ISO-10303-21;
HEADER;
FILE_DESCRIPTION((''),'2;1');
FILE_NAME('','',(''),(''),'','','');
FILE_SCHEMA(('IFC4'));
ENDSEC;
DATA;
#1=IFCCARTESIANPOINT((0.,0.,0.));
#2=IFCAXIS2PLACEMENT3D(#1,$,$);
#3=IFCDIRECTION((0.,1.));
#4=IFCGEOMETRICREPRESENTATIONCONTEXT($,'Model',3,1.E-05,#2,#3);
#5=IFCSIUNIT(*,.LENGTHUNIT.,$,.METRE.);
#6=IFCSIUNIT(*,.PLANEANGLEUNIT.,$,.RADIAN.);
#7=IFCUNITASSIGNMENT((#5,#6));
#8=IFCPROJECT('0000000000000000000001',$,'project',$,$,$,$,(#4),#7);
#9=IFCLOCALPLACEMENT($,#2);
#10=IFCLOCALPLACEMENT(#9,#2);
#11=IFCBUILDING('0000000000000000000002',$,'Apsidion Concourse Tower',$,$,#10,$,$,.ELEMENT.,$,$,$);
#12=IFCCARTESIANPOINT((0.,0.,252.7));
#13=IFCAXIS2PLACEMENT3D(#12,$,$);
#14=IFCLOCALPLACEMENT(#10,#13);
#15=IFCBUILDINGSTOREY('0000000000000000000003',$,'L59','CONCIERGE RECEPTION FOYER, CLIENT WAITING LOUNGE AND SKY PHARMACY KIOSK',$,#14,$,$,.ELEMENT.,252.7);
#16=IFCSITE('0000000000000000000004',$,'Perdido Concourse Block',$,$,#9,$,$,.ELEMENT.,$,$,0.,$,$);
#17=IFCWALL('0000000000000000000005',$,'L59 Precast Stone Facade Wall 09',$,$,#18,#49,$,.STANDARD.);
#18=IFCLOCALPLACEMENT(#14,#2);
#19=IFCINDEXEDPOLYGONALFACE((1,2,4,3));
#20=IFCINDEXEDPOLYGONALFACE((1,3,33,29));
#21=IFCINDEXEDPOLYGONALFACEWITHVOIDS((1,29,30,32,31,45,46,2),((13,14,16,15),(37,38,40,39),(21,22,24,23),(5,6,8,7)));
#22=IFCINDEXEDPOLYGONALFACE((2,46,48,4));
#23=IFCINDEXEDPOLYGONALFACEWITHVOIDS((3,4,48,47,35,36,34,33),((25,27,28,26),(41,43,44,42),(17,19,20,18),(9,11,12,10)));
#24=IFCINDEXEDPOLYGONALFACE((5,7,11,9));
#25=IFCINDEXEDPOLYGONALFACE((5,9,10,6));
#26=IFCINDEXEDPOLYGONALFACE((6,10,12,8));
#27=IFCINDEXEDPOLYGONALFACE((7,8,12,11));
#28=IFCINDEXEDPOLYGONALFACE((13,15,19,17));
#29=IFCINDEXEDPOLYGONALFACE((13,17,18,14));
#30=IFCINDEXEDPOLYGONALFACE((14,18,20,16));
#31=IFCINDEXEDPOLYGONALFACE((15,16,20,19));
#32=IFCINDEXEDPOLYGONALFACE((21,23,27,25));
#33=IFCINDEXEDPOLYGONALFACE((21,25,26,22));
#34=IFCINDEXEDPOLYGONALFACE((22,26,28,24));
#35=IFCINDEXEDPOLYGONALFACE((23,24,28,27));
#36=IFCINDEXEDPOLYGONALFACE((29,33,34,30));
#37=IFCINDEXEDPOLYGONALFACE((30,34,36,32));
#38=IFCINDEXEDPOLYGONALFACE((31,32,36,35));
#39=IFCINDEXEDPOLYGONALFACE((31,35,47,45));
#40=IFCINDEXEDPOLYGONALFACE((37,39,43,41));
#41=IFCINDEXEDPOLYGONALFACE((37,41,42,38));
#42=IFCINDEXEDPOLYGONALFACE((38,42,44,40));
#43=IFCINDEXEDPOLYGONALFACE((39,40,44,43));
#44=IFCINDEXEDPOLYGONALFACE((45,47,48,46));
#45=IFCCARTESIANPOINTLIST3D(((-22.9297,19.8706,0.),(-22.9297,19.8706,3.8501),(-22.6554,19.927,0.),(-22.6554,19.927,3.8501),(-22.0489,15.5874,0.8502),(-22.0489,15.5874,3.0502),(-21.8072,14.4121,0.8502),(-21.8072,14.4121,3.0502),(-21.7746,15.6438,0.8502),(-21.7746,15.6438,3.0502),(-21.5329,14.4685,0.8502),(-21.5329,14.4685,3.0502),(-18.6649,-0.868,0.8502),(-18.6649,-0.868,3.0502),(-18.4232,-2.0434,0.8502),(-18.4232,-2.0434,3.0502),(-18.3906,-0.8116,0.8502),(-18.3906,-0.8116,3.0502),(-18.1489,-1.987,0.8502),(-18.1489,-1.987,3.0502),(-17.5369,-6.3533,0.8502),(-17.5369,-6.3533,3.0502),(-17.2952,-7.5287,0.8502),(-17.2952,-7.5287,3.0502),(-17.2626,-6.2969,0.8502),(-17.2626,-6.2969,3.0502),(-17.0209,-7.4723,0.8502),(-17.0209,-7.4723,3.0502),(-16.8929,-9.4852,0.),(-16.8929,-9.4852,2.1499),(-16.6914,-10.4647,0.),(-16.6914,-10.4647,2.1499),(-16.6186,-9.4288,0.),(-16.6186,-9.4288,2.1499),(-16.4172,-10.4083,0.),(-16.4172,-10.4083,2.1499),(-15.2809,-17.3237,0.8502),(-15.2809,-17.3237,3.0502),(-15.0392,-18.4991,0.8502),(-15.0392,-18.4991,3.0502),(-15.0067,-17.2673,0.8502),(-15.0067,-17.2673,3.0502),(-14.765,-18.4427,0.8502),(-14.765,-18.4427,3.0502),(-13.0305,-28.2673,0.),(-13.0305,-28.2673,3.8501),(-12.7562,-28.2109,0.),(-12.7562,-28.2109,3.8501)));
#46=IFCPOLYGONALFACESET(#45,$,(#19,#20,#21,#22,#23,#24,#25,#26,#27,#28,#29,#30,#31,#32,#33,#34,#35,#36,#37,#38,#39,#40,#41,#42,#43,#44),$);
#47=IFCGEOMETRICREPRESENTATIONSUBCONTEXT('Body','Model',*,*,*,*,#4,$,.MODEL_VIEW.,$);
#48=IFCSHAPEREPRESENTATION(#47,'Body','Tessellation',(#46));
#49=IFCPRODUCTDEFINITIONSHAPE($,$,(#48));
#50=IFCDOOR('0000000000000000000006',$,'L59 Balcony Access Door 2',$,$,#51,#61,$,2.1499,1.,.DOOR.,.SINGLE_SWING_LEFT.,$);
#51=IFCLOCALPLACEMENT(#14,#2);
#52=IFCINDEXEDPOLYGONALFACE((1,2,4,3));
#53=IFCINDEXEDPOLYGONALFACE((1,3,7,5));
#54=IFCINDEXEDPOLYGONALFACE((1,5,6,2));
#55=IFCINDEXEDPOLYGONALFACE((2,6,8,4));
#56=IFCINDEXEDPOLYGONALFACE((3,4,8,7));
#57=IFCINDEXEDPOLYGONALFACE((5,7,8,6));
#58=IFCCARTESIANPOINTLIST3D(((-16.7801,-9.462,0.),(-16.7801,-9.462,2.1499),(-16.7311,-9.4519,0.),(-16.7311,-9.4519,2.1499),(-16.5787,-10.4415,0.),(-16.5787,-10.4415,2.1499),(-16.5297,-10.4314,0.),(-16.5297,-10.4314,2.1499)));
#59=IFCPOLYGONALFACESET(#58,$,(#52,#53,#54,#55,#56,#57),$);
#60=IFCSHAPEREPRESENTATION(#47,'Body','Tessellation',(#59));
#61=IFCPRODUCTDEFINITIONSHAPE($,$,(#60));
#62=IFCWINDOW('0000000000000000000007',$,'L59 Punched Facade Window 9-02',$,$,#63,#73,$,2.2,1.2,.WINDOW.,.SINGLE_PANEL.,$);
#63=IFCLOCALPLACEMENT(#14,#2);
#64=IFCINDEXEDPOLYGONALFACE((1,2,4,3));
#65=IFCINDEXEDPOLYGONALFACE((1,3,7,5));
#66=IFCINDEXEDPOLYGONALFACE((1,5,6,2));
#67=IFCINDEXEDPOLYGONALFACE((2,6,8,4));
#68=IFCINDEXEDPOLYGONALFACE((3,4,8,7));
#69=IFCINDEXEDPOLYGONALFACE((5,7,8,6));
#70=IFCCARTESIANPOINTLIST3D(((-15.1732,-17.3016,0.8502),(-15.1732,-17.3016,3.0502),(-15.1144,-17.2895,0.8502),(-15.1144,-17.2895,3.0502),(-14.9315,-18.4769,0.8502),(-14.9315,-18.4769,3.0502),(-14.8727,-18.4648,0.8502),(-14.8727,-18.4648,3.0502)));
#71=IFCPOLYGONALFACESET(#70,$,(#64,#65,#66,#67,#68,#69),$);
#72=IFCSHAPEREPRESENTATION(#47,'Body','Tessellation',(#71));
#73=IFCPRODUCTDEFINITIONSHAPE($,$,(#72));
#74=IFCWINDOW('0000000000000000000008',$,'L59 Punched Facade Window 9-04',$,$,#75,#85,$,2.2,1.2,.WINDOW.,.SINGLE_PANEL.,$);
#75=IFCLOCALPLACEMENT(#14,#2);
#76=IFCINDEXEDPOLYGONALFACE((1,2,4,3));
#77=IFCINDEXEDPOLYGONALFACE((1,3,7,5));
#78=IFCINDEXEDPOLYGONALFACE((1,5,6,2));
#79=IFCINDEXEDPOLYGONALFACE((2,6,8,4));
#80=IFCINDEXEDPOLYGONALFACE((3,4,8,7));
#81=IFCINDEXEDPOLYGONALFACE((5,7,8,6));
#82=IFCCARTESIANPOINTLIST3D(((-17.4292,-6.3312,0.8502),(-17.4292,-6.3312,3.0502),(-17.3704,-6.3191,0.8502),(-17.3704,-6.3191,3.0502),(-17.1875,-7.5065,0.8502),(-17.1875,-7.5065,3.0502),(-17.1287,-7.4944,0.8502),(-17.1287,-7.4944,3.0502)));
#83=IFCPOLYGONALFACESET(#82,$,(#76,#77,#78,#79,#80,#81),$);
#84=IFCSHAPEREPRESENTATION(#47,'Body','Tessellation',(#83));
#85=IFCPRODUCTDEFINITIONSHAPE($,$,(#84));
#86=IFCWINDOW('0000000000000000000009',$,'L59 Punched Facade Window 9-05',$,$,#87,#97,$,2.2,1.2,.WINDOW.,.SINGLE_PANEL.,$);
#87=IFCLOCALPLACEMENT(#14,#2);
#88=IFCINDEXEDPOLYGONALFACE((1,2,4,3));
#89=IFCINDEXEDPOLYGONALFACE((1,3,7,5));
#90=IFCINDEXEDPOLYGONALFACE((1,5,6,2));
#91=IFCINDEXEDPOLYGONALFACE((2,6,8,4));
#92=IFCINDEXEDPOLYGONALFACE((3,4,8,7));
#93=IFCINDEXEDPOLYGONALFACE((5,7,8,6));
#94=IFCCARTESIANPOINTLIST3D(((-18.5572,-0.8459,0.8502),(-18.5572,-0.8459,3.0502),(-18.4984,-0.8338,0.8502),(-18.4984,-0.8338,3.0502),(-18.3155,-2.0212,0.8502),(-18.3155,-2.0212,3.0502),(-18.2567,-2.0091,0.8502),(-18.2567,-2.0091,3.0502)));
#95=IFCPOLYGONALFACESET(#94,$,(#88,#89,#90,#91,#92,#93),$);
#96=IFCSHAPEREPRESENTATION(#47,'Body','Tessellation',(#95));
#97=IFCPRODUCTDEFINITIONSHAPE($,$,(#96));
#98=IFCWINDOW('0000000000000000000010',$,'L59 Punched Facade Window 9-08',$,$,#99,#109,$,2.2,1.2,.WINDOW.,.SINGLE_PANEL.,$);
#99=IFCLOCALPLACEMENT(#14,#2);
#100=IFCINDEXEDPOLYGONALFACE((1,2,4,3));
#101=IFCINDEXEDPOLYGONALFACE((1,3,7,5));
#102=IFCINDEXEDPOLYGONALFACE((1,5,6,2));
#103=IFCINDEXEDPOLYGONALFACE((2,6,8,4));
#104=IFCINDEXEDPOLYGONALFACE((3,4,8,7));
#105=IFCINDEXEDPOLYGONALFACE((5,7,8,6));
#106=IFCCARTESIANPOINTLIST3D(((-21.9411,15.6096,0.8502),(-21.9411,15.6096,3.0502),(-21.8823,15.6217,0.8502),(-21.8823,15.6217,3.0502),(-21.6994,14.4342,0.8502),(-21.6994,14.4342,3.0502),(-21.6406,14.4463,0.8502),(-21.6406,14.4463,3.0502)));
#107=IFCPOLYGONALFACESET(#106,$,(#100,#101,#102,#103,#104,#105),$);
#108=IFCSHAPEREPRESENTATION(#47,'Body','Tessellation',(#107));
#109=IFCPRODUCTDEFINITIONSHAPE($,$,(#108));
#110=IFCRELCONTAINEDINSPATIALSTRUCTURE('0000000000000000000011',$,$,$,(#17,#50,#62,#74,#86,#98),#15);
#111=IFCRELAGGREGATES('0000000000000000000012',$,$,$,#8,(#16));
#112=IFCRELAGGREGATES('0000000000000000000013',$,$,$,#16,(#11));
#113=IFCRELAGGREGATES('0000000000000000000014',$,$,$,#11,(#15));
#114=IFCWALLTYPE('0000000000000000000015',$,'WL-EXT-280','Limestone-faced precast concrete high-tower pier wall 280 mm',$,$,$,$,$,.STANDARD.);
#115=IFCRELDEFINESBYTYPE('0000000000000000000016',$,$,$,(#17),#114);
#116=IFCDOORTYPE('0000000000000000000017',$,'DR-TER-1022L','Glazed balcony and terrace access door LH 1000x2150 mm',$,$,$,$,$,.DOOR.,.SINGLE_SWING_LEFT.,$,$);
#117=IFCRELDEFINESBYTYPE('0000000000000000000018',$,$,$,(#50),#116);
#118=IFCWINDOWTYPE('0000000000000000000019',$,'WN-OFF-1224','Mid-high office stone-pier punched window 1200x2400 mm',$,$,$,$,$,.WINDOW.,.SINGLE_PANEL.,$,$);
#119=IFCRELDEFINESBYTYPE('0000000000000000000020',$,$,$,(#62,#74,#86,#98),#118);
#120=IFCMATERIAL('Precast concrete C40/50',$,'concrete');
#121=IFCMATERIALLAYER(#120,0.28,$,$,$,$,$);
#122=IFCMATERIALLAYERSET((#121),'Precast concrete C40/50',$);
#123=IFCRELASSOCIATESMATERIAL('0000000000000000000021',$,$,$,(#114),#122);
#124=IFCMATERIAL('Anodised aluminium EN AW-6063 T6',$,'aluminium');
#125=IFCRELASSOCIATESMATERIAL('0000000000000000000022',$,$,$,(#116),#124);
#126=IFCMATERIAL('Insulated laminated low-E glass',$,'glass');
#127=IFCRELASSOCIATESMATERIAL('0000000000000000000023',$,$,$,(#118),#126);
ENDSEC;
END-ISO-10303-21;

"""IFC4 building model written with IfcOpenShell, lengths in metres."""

from ifc_helpers import new_model, si_unit, direction, frame, frame_2d, origin, place, context, subcontext, project, spatial, rectangle, extrude, material, layer, layer_set, type_object, element, fill, save


model = new_model("IFC4")

# Units and contexts
model_context = context("Model", 3, precision=1e-05, world=origin(), true_north=direction((0.0, 1.0)))
body_context = subcontext(model_context, "Body", "Model", "MODEL_VIEW")
ifc_project = project(units=[si_unit("LENGTHUNIT", "METRE"), si_unit("PLANEANGLEUNIT", "RADIAN")], contexts=[model_context])

# Site, building, storey
site_placement = place(None, origin())
site = spatial("IfcSite", under=ifc_project, at=site_placement, Name="Perdido Concourse Block", CompositionType="ELEMENT", RefElevation=0.0)
building_placement = place(site_placement, origin())
building = spatial("IfcBuilding", under=site, at=building_placement, Name="Apsidion Concourse Tower", CompositionType="ELEMENT")
storey_placement = place(building_placement, frame((0.0, 0.0, 252.7)))
storey = spatial("IfcBuildingStorey", under=building, at=storey_placement, Name="L59", Description="CONCIERGE RECEPTION FOYER, CLIENT WAITING LOUNGE AND SKY PHARMACY KIOSK", CompositionType="ELEMENT", Elevation=252.7)

# Shared definitions
ifc_material_1 = material(Name="Precast concrete C40/50", Category="concrete")
ifc_layer_1 = layer(ifc_material_1, 0.28)
ifc_layer_set_1 = layer_set([ifc_layer_1], Name="Precast concrete C40/50")
wall_type_1 = type_object("IfcWallType", Name="WL-EXT-280", Description="Limestone-faced precast concrete high-tower pier wall 280 mm", PredefinedType="STANDARD", material=ifc_layer_set_1)

# Wall, openings, door, windows
wall_1_placement = place(storey_placement, frame((-12.8933, -28.2393, 0.0), z_axis=(0.0, 0.0, 1.0), x_axis=(-0.201427, 0.979504, 0.0)))
wall_1 = element("IfcWall", 1, at=wall_1_placement, inside=storey, type_object=wall_type_1, Name="L59 Precast Stone Facade Wall 09", PredefinedType="STANDARD", context=body_context, shape_type="SweptSolid", body=[
    extrude(rectangle(XDim=49.1453, YDim=0.28, at=frame_2d((24.5728, 0.0))), origin(), (0.0, 0.0, 1.0), 3.8501),
])
opening_1_placement = place(wall_1_placement, frame((18.1753, 0.0, 0.0)))
opening_1 = element("IfcOpeningElement", 2, at=opening_1_placement, cuts=wall_1, PredefinedType="OPENING", context=body_context, shape_type="SweptSolid", body=[
    extrude(rectangle(XDim=1.0, YDim=2.1499, at=frame_2d((0.5, 1.075))), frame((0.0, 0.1499, 0.0), z_axis=(0.0, -1.0, 0.0), x_axis=(1.0, 0.0, 0.0)), (0.0, 0.0, 1.0), 0.3),
])
opening_2_placement = place(wall_1_placement, frame((9.9727, 0.0, 0.8501)))
opening_2 = element("IfcOpeningElement", 3, at=opening_2_placement, cuts=wall_1, PredefinedType="OPENING", context=body_context, shape_type="SweptSolid", body=[
    extrude(rectangle(XDim=1.2, YDim=2.2, at=frame_2d((0.6001, 1.1001))), frame((0.0, 0.1499, 0.0), z_axis=(0.0, -1.0, 0.0), x_axis=(1.0, 0.0, 0.0)), (0.0, 0.0, 1.0), 0.3),
])
opening_3_placement = place(wall_1_placement, frame((21.1726, 0.0, 0.8501)))
opening_3 = element("IfcOpeningElement", 4, at=opening_3_placement, cuts=wall_1, PredefinedType="OPENING", context=body_context, shape_type="SweptSolid", body=[
    extrude(rectangle(XDim=1.2, YDim=2.2, at=frame_2d((0.6001, 1.1001))), frame((0.0, 0.1499, 0.0), z_axis=(0.0, -1.0, 0.0), x_axis=(1.0, 0.0, 0.0)), (0.0, 0.0, 1.0), 0.3),
])
opening_4_placement = place(wall_1_placement, frame((26.7727, 0.0, 0.8501)))
opening_4 = element("IfcOpeningElement", 5, at=opening_4_placement, cuts=wall_1, PredefinedType="OPENING", context=body_context, shape_type="SweptSolid", body=[
    extrude(rectangle(XDim=1.2, YDim=2.2, at=frame_2d((0.6001, 1.1001))), frame((0.0, 0.1499, 0.0), z_axis=(0.0, -1.0, 0.0), x_axis=(1.0, 0.0, 0.0)), (0.0, 0.0, 1.0), 0.3),
])
opening_5_placement = place(wall_1_placement, frame((43.5725, 0.0, 0.8501)))
opening_5 = element("IfcOpeningElement", 6, at=opening_5_placement, cuts=wall_1, PredefinedType="OPENING", context=body_context, shape_type="SweptSolid", body=[
    extrude(rectangle(XDim=1.2, YDim=2.2, at=frame_2d((0.6001, 1.1001))), frame((0.0, 0.1499, 0.0), z_axis=(0.0, -1.0, 0.0), x_axis=(1.0, 0.0, 0.0)), (0.0, 0.0, 1.0), 0.3),
])
ifc_material_2 = material(Name="Anodised aluminium EN AW-6063 T6", Category="aluminium")
door_type_1 = type_object("IfcDoorType", Name="DR-TER-1022L", Description="Glazed balcony and terrace access door LH 1000x2150 mm", OperationType="SINGLE_SWING_LEFT", PredefinedType="DOOR", material=ifc_material_2)
door_1_placement = place(opening_1_placement, origin())
door_1 = element("IfcDoor", 7, at=door_1_placement, inside=storey, type_object=door_type_1, Name="L59 Balcony Access Door 2", OperationType="SINGLE_SWING_LEFT", OverallHeight=2.1499, OverallWidth=1.0, PredefinedType="DOOR", context=body_context, shape_type="SweptSolid", body=[
    extrude(rectangle(XDim=1.0, YDim=2.1499, at=frame_2d((0.5, 1.075))), frame((0.0, 0.0249, 0.0), z_axis=(0.0, -1.0, 0.0), x_axis=(1.0, 0.0, 0.0)), (0.0, 0.0, 1.0), 0.05),
])
fill(opening_1, door_1)
ifc_material_3 = material(Name="Insulated laminated low-E glass", Category="glass")
window_type = type_object("IfcWindowType", Name="WN-OFF-1224", Description="Mid-high office stone-pier punched window 1200x2400 mm", PartitioningType="SINGLE_PANEL", PredefinedType="WINDOW", material=ifc_material_3)
window_1_placement = place(opening_2_placement, origin())
window_1 = element("IfcWindow", 8, at=window_1_placement, inside=storey, type_object=window_type, Name="L59 Punched Facade Window 9-02", OverallHeight=2.2, OverallWidth=1.2, PartitioningType="SINGLE_PANEL", PredefinedType="WINDOW", context=body_context, shape_type="SweptSolid", body=[
    extrude(rectangle(XDim=1.2, YDim=2.2, at=frame_2d((0.6001, 1.1001))), frame((0.0, 0.03, 0.0), z_axis=(0.0, -1.0, 0.0), x_axis=(1.0, 0.0, 0.0)), (0.0, 0.0, 1.0), 0.0601),
])
fill(opening_2, window_1)
window_2_placement = place(opening_3_placement, origin())
window_2 = element("IfcWindow", 9, at=window_2_placement, inside=storey, type_object=window_type, Name="L59 Punched Facade Window 9-04", OverallHeight=2.2, OverallWidth=1.2, PartitioningType="SINGLE_PANEL", PredefinedType="WINDOW", context=body_context, shape_type="SweptSolid", body=[
    extrude(rectangle(XDim=1.2, YDim=2.2, at=frame_2d((0.6001, 1.1001))), frame((0.0, 0.03, 0.0), z_axis=(0.0, -1.0, 0.0), x_axis=(1.0, 0.0, 0.0)), (0.0, 0.0, 1.0), 0.0601),
])
fill(opening_3, window_2)
window_3_placement = place(opening_4_placement, origin())
window_3 = element("IfcWindow", 10, at=window_3_placement, inside=storey, type_object=window_type, Name="L59 Punched Facade Window 9-05", OverallHeight=2.2, OverallWidth=1.2, PartitioningType="SINGLE_PANEL", PredefinedType="WINDOW", context=body_context, shape_type="SweptSolid", body=[
    extrude(rectangle(XDim=1.2, YDim=2.2, at=frame_2d((0.6001, 1.1001))), frame((0.0, 0.03, 0.0), z_axis=(0.0, -1.0, 0.0), x_axis=(1.0, 0.0, 0.0)), (0.0, 0.0, 1.0), 0.0601),
])
fill(opening_4, window_3)
window_4_placement = place(opening_5_placement, origin())
window_4 = element("IfcWindow", 11, at=window_4_placement, inside=storey, type_object=window_type, Name="L59 Punched Facade Window 9-08", OverallHeight=2.2, OverallWidth=1.2, PartitioningType="SINGLE_PANEL", PredefinedType="WINDOW", context=body_context, shape_type="SweptSolid", body=[
    extrude(rectangle(XDim=1.2, YDim=2.2, at=frame_2d((0.6001, 1.1001))), frame((0.0, 0.03, 0.0), z_axis=(0.0, -1.0, 0.0), x_axis=(1.0, 0.0, 0.0)), (0.0, 0.0, 1.0), 0.0601),
])
fill(opening_5, window_4)

save(model, "model.ifc")
